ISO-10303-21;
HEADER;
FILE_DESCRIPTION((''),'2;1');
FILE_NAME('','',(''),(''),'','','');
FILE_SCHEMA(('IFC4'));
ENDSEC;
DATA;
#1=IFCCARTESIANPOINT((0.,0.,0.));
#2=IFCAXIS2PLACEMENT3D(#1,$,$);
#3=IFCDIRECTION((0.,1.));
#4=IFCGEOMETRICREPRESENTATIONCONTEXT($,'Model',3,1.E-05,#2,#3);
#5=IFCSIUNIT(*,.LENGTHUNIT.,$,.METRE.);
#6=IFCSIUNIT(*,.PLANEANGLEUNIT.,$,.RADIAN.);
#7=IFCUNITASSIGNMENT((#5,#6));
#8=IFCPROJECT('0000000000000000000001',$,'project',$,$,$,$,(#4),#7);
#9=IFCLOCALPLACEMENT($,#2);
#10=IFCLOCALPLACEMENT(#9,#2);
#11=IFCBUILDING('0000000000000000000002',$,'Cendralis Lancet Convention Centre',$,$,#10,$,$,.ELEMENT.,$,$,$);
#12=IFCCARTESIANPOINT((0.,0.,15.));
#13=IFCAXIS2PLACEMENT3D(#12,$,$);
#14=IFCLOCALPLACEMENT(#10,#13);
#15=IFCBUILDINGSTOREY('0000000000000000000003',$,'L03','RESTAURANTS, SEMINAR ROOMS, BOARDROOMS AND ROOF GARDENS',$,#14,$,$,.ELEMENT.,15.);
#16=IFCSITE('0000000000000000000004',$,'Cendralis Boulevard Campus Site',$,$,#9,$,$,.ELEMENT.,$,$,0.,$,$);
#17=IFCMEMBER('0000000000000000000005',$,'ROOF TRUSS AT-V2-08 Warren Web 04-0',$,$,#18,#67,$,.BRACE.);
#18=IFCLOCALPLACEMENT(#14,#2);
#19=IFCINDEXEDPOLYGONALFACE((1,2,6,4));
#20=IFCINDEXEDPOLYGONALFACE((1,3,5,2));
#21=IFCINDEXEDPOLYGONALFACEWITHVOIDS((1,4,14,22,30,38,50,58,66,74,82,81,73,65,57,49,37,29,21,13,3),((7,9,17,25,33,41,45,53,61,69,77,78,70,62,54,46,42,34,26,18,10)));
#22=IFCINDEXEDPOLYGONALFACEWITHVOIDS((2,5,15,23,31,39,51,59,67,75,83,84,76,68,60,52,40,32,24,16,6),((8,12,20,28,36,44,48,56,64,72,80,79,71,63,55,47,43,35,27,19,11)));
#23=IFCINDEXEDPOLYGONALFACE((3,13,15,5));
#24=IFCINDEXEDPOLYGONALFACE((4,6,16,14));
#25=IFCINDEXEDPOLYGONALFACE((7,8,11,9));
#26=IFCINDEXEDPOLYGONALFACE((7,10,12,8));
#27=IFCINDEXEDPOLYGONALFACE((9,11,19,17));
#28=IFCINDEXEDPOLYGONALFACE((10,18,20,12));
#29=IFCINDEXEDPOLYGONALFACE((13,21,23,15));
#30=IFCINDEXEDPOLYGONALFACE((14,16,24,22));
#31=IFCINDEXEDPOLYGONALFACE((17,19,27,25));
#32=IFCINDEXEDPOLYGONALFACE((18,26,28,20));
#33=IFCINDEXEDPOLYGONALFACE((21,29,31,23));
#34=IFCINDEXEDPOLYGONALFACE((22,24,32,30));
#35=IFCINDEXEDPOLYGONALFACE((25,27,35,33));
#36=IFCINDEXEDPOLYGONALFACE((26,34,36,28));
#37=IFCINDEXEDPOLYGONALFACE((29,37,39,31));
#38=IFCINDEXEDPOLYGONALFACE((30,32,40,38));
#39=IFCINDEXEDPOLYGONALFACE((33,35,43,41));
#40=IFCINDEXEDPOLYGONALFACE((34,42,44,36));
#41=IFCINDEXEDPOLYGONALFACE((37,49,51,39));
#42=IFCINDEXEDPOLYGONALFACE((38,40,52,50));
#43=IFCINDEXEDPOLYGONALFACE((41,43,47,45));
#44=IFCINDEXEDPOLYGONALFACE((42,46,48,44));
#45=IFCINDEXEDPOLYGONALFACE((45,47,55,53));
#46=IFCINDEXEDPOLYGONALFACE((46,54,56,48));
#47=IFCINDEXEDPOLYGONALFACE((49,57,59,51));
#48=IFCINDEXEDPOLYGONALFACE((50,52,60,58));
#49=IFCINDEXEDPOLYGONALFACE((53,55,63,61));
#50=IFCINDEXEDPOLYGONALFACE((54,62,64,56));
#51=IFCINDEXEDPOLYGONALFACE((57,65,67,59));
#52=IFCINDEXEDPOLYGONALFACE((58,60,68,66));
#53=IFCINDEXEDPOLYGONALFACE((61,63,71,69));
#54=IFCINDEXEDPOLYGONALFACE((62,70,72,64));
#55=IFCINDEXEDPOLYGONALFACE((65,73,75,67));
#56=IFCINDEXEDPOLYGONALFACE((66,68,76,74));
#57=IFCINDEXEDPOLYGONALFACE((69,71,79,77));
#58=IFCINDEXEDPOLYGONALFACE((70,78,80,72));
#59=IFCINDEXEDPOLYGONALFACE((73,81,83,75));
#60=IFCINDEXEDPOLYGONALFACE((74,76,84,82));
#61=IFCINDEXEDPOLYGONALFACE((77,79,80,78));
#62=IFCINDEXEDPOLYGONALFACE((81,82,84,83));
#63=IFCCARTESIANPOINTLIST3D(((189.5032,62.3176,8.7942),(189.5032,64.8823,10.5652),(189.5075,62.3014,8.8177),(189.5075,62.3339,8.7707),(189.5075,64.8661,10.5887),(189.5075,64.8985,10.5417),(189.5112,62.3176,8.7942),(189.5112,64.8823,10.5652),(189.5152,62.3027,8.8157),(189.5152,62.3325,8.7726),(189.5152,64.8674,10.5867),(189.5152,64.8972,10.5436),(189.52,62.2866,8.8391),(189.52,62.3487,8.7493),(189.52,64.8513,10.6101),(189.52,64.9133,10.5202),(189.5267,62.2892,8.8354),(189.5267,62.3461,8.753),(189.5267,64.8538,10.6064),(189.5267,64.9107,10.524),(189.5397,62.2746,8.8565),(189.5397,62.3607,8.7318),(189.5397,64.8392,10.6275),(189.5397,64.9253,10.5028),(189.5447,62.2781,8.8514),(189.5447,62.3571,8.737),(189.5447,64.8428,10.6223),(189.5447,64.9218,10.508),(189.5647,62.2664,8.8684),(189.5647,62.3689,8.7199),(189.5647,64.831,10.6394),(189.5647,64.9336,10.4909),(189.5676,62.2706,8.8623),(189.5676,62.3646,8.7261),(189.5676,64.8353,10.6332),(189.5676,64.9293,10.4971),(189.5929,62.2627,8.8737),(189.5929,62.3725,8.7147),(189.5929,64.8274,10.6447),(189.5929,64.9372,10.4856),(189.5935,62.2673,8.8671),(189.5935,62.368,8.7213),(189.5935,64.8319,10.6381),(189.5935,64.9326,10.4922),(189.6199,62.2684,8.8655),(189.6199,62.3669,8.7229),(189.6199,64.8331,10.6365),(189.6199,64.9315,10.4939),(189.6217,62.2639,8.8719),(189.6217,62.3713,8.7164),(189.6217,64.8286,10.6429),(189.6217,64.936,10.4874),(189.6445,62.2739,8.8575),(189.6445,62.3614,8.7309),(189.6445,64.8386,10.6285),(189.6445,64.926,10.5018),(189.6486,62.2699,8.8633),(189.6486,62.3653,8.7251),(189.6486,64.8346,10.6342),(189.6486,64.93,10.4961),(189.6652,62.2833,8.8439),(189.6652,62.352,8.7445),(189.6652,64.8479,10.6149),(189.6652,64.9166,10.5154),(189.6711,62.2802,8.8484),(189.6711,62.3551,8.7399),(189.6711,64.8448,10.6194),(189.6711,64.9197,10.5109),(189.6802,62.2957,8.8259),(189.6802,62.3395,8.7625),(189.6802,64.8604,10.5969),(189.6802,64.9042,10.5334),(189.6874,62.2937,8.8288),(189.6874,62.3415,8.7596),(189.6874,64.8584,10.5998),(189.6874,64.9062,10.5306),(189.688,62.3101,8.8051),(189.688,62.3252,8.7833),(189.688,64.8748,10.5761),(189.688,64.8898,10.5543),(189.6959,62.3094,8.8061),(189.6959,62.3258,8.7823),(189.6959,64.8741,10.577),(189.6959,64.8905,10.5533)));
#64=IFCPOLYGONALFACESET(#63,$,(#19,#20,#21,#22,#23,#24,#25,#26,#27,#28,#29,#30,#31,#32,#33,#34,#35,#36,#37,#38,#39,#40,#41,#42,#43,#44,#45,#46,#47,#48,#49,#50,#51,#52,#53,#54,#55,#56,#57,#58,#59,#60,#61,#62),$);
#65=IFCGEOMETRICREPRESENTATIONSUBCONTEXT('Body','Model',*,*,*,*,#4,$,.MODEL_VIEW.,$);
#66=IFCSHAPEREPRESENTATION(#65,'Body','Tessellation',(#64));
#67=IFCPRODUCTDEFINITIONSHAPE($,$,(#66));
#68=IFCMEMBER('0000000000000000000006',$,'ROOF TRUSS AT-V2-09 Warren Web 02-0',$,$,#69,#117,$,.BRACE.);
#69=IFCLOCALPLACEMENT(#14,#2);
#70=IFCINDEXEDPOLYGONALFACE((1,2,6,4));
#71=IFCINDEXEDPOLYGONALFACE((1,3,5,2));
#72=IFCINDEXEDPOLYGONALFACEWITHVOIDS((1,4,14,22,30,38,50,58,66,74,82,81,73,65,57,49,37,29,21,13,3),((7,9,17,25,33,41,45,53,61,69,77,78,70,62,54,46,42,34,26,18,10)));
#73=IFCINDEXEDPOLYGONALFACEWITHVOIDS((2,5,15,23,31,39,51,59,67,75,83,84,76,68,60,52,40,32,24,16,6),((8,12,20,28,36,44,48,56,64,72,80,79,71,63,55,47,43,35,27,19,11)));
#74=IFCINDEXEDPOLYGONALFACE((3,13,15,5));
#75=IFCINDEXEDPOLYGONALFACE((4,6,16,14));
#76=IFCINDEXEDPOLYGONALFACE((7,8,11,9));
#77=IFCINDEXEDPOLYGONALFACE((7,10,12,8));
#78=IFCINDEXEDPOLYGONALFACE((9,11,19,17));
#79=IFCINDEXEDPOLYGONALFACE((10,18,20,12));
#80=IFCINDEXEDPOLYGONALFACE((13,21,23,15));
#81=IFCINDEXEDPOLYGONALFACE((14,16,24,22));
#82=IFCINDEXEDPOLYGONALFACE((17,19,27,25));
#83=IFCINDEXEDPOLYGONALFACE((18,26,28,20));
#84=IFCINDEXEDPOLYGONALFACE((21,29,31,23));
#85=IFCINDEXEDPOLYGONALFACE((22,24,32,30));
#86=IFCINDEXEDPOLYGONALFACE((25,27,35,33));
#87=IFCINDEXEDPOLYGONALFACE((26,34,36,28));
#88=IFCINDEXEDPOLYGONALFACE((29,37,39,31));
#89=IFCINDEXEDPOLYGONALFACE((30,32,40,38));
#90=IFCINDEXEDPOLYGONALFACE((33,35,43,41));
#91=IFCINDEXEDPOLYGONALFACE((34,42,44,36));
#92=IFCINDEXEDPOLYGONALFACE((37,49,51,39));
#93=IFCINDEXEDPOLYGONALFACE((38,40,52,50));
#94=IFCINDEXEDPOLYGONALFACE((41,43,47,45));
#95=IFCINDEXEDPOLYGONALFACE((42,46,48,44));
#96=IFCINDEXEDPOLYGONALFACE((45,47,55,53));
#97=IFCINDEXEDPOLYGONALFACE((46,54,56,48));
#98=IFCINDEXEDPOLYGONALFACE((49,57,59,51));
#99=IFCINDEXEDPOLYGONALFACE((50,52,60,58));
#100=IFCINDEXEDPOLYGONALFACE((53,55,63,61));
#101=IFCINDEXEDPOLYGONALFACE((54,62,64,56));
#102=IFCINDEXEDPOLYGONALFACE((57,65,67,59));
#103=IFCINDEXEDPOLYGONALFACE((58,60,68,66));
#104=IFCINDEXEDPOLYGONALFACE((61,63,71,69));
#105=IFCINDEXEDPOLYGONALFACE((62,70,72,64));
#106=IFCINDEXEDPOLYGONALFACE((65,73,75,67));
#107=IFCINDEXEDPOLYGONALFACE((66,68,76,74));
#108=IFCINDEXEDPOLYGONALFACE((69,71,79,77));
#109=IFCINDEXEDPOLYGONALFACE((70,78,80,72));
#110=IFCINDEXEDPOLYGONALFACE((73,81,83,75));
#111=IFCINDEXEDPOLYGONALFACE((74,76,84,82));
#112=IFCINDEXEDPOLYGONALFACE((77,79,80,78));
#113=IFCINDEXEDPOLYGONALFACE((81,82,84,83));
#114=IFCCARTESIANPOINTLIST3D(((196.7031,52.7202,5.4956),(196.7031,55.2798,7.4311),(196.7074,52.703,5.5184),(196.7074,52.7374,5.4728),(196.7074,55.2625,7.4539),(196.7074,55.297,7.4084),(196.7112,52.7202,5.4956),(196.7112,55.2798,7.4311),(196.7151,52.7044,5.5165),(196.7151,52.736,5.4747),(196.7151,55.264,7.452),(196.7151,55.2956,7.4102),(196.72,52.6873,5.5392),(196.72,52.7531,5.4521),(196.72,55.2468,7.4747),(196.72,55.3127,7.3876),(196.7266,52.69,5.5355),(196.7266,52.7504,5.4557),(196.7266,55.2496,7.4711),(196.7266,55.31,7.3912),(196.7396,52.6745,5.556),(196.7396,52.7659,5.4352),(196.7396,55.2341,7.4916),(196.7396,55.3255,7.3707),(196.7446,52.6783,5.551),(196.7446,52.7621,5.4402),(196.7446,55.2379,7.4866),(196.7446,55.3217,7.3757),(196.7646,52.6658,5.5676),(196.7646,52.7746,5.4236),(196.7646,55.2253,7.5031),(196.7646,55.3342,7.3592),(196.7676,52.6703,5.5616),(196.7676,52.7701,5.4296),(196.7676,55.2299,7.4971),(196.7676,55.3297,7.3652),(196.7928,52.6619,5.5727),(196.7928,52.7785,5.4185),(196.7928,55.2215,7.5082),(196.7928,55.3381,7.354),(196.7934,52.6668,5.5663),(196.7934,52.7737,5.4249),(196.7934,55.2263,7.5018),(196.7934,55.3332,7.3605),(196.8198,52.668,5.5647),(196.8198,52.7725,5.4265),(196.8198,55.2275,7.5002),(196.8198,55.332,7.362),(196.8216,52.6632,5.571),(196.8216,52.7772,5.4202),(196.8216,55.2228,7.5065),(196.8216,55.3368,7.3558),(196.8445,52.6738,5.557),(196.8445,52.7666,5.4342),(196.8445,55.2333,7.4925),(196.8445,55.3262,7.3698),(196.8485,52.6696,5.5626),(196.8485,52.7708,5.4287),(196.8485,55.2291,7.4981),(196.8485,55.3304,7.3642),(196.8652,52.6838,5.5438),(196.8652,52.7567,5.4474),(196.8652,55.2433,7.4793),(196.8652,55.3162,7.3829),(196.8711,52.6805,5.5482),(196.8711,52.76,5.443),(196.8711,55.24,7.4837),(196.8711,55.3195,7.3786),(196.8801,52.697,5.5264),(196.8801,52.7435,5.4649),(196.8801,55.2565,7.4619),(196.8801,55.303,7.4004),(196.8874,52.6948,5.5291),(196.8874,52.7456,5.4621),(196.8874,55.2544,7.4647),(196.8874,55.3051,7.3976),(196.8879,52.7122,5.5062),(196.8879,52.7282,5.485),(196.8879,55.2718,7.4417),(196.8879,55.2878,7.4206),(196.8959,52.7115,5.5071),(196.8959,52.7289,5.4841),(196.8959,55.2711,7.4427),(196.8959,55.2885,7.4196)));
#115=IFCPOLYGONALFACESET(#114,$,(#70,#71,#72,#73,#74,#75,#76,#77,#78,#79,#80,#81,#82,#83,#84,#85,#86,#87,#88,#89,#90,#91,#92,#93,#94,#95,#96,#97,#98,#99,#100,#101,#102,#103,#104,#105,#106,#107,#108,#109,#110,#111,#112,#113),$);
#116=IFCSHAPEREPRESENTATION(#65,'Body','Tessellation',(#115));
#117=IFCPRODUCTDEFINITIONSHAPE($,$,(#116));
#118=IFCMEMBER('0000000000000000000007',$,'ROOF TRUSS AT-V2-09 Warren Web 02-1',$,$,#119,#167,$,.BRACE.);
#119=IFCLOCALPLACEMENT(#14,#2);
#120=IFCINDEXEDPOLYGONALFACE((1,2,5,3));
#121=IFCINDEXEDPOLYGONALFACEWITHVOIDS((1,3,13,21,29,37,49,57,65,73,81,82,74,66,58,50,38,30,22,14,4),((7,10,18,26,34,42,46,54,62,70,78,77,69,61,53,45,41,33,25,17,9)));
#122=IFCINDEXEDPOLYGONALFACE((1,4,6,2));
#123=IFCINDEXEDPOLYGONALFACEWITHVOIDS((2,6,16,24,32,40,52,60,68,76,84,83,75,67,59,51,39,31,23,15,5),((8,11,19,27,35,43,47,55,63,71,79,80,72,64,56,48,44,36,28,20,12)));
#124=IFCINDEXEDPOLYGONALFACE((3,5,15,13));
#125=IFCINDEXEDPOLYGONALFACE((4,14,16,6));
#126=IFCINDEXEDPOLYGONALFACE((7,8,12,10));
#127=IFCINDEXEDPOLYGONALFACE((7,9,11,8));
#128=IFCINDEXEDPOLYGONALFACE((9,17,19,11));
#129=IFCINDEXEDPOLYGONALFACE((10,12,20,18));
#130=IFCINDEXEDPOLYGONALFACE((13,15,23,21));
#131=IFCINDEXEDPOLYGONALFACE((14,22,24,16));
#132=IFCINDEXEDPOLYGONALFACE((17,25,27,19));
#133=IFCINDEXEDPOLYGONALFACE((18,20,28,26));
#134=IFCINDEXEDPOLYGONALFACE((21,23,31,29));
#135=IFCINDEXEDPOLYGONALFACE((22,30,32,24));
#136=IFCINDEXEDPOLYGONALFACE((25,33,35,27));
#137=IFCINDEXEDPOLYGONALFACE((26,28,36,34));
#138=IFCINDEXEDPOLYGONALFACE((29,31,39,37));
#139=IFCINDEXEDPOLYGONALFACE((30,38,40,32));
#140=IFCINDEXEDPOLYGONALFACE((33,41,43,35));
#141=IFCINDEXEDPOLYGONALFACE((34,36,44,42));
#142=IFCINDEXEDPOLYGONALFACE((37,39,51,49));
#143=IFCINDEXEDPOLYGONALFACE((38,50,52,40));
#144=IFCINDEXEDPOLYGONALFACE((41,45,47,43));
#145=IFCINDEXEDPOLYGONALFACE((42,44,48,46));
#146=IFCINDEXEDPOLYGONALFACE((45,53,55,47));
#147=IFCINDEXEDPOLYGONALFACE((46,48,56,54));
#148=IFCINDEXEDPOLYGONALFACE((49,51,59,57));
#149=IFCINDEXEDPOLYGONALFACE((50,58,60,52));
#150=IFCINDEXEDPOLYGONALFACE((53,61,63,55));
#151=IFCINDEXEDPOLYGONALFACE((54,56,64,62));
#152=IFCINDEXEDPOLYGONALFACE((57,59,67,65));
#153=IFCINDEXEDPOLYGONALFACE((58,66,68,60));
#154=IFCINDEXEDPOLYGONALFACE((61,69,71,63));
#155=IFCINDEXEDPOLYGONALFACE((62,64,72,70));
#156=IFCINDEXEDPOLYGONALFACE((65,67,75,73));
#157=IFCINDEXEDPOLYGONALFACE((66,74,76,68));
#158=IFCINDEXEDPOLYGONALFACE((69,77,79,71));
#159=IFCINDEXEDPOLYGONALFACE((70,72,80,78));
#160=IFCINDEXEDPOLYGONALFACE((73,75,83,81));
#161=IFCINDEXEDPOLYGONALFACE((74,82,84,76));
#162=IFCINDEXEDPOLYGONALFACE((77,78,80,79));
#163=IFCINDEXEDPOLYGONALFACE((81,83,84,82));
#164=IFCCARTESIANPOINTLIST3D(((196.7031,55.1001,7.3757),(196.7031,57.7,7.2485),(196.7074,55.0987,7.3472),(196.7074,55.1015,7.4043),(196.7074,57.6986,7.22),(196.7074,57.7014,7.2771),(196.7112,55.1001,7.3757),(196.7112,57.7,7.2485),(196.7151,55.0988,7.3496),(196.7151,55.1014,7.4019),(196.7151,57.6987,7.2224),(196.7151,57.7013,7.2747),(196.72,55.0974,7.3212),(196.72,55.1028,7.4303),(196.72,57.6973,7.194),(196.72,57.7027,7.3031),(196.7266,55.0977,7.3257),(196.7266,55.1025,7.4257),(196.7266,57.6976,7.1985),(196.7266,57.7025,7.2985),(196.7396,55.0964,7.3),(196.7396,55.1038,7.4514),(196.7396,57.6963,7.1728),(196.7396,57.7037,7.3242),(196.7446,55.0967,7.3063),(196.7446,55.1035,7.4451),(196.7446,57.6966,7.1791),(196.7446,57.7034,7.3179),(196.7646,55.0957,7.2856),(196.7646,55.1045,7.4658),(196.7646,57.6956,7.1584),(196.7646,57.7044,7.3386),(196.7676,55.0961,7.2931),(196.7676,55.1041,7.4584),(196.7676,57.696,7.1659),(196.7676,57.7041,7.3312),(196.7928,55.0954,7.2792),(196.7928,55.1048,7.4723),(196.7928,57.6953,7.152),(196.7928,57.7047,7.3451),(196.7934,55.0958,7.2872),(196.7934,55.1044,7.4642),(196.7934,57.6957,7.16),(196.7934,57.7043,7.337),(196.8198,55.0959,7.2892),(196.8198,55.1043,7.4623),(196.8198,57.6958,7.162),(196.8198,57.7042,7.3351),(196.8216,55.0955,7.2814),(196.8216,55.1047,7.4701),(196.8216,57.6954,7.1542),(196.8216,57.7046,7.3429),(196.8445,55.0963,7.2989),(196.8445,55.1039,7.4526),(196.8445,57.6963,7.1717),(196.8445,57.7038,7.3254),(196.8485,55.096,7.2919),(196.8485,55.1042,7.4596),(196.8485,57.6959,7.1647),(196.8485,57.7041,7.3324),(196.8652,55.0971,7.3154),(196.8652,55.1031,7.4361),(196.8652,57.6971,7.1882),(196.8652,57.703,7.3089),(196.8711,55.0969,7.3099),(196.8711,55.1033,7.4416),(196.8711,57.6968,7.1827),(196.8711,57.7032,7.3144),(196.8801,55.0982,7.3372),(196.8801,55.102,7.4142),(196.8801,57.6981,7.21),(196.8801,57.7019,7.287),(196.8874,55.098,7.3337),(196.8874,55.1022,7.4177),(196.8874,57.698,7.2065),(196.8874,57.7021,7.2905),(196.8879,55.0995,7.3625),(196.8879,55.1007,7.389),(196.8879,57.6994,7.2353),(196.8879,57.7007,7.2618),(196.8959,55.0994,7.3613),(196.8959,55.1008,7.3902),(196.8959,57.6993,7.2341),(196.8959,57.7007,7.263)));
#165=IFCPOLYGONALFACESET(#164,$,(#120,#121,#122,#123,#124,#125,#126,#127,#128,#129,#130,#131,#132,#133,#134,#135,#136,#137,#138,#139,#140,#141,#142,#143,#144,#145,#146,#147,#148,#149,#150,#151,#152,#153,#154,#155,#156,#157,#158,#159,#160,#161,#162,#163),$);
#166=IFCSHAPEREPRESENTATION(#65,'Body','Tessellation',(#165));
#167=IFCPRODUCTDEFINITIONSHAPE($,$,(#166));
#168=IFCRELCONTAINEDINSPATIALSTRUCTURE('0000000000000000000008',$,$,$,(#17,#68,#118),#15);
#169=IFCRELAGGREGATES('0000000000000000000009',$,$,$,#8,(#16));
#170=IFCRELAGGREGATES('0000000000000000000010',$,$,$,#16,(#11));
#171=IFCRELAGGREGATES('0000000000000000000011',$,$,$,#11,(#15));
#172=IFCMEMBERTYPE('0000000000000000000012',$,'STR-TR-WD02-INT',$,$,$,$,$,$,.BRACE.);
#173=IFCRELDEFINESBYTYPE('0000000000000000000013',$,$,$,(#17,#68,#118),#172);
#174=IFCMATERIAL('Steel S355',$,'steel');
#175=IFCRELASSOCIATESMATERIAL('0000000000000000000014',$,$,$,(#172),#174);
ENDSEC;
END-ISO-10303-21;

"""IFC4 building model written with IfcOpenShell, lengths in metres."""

from ifc_helpers import new_model, si_unit, direction, frame, origin, origin_2d, place, context, subcontext, project, spatial, hollow_circle, extrude, material, material_profile, profile_set, type_object, element, save


model = new_model("IFC4")

# Units and contexts
model_context = context("Model", 3, precision=1e-05, world=origin(), true_north=direction((0.0, 1.0)))
body_context = subcontext(model_context, "Body", "Model", "MODEL_VIEW")
ifc_project = project(units=[si_unit("LENGTHUNIT", "METRE"), si_unit("PLANEANGLEUNIT", "RADIAN")], contexts=[model_context])

# Site, building, storey
site_placement = place(None, origin())
site = spatial("IfcSite", under=ifc_project, at=site_placement, Name="Cendralis Boulevard Campus Site", CompositionType="ELEMENT", RefElevation=0.0)
building_placement = place(site_placement, origin())
building = spatial("IfcBuilding", under=site, at=building_placement, Name="Cendralis Lancet Convention Centre", CompositionType="ELEMENT")
storey_placement = place(building_placement, frame((0.0, 0.0, 15.0)))
storey = spatial("IfcBuildingStorey", under=building, at=storey_placement, Name="L03", Description="RESTAURANTS, SEMINAR ROOMS, BOARDROOMS AND ROOF GARDENS", CompositionType="ELEMENT", Elevation=15.0)

# Members
ifc_material = material(Name="Steel S355", Category="steel")
ifc_material_profile_1 = material_profile(ifc_material, hollow_circle(Radius=0.0969, WallThickness=0.0081, at=origin_2d()), Name="CHS 193.7x8.0")
ifc_profile_set_1 = profile_set([ifc_material_profile_1], Name="Steel S355")
member_type_1 = type_object("IfcMemberType", Name="STR-TR-WD02-INT", PredefinedType="BRACE", material=ifc_profile_set_1)
member_1_placement = place(storey_placement, frame((189.6001, 62.3176, 8.7942), z_axis=(0.0, 0.822877, 0.56822), x_axis=(-1.0, 0.0, 0.0)))
element("IfcMember", 1, at=member_1_placement, inside=storey, type_object=member_type_1, Name="ROOF TRUSS AT-V2-08 Warren Web 04-0", PredefinedType="BRACE", context=body_context, shape_type="SweptSolid", body=[
    extrude(hollow_circle(Radius=0.0969, WallThickness=0.0081, at=origin_2d()), origin(), (0.0, 0.0, 1.0), 3.1167),
])
member_2_placement = place(storey_placement, frame((196.8, 52.7202, 5.4956), z_axis=(0.0, 0.79762, 0.60316), x_axis=(-1.0, 0.0, 0.0)))
element("IfcMember", 2, at=member_2_placement, inside=storey, type_object=member_type_1, Name="ROOF TRUSS AT-V2-09 Warren Web 02-0", PredefinedType="BRACE", context=body_context, shape_type="SweptSolid", body=[
    extrude(hollow_circle(Radius=0.0969, WallThickness=0.0081, at=origin_2d()), origin(), (0.0, 0.0, 1.0), 3.209),
])
member_3_placement = place(storey_placement, frame((196.8, 55.1001, 7.3757), z_axis=(0.0, 0.998805, -0.048866), x_axis=(-1.0, 0.0, 0.0)))
element("IfcMember", 3, at=member_3_placement, inside=storey, type_object=member_type_1, Name="ROOF TRUSS AT-V2-09 Warren Web 02-1", PredefinedType="BRACE", context=body_context, shape_type="SweptSolid", body=[
    extrude(hollow_circle(Radius=0.0969, WallThickness=0.0081, at=origin_2d()), origin(), (0.0, 0.0, 1.0), 2.603),
])

save(model, "model.ifc")
